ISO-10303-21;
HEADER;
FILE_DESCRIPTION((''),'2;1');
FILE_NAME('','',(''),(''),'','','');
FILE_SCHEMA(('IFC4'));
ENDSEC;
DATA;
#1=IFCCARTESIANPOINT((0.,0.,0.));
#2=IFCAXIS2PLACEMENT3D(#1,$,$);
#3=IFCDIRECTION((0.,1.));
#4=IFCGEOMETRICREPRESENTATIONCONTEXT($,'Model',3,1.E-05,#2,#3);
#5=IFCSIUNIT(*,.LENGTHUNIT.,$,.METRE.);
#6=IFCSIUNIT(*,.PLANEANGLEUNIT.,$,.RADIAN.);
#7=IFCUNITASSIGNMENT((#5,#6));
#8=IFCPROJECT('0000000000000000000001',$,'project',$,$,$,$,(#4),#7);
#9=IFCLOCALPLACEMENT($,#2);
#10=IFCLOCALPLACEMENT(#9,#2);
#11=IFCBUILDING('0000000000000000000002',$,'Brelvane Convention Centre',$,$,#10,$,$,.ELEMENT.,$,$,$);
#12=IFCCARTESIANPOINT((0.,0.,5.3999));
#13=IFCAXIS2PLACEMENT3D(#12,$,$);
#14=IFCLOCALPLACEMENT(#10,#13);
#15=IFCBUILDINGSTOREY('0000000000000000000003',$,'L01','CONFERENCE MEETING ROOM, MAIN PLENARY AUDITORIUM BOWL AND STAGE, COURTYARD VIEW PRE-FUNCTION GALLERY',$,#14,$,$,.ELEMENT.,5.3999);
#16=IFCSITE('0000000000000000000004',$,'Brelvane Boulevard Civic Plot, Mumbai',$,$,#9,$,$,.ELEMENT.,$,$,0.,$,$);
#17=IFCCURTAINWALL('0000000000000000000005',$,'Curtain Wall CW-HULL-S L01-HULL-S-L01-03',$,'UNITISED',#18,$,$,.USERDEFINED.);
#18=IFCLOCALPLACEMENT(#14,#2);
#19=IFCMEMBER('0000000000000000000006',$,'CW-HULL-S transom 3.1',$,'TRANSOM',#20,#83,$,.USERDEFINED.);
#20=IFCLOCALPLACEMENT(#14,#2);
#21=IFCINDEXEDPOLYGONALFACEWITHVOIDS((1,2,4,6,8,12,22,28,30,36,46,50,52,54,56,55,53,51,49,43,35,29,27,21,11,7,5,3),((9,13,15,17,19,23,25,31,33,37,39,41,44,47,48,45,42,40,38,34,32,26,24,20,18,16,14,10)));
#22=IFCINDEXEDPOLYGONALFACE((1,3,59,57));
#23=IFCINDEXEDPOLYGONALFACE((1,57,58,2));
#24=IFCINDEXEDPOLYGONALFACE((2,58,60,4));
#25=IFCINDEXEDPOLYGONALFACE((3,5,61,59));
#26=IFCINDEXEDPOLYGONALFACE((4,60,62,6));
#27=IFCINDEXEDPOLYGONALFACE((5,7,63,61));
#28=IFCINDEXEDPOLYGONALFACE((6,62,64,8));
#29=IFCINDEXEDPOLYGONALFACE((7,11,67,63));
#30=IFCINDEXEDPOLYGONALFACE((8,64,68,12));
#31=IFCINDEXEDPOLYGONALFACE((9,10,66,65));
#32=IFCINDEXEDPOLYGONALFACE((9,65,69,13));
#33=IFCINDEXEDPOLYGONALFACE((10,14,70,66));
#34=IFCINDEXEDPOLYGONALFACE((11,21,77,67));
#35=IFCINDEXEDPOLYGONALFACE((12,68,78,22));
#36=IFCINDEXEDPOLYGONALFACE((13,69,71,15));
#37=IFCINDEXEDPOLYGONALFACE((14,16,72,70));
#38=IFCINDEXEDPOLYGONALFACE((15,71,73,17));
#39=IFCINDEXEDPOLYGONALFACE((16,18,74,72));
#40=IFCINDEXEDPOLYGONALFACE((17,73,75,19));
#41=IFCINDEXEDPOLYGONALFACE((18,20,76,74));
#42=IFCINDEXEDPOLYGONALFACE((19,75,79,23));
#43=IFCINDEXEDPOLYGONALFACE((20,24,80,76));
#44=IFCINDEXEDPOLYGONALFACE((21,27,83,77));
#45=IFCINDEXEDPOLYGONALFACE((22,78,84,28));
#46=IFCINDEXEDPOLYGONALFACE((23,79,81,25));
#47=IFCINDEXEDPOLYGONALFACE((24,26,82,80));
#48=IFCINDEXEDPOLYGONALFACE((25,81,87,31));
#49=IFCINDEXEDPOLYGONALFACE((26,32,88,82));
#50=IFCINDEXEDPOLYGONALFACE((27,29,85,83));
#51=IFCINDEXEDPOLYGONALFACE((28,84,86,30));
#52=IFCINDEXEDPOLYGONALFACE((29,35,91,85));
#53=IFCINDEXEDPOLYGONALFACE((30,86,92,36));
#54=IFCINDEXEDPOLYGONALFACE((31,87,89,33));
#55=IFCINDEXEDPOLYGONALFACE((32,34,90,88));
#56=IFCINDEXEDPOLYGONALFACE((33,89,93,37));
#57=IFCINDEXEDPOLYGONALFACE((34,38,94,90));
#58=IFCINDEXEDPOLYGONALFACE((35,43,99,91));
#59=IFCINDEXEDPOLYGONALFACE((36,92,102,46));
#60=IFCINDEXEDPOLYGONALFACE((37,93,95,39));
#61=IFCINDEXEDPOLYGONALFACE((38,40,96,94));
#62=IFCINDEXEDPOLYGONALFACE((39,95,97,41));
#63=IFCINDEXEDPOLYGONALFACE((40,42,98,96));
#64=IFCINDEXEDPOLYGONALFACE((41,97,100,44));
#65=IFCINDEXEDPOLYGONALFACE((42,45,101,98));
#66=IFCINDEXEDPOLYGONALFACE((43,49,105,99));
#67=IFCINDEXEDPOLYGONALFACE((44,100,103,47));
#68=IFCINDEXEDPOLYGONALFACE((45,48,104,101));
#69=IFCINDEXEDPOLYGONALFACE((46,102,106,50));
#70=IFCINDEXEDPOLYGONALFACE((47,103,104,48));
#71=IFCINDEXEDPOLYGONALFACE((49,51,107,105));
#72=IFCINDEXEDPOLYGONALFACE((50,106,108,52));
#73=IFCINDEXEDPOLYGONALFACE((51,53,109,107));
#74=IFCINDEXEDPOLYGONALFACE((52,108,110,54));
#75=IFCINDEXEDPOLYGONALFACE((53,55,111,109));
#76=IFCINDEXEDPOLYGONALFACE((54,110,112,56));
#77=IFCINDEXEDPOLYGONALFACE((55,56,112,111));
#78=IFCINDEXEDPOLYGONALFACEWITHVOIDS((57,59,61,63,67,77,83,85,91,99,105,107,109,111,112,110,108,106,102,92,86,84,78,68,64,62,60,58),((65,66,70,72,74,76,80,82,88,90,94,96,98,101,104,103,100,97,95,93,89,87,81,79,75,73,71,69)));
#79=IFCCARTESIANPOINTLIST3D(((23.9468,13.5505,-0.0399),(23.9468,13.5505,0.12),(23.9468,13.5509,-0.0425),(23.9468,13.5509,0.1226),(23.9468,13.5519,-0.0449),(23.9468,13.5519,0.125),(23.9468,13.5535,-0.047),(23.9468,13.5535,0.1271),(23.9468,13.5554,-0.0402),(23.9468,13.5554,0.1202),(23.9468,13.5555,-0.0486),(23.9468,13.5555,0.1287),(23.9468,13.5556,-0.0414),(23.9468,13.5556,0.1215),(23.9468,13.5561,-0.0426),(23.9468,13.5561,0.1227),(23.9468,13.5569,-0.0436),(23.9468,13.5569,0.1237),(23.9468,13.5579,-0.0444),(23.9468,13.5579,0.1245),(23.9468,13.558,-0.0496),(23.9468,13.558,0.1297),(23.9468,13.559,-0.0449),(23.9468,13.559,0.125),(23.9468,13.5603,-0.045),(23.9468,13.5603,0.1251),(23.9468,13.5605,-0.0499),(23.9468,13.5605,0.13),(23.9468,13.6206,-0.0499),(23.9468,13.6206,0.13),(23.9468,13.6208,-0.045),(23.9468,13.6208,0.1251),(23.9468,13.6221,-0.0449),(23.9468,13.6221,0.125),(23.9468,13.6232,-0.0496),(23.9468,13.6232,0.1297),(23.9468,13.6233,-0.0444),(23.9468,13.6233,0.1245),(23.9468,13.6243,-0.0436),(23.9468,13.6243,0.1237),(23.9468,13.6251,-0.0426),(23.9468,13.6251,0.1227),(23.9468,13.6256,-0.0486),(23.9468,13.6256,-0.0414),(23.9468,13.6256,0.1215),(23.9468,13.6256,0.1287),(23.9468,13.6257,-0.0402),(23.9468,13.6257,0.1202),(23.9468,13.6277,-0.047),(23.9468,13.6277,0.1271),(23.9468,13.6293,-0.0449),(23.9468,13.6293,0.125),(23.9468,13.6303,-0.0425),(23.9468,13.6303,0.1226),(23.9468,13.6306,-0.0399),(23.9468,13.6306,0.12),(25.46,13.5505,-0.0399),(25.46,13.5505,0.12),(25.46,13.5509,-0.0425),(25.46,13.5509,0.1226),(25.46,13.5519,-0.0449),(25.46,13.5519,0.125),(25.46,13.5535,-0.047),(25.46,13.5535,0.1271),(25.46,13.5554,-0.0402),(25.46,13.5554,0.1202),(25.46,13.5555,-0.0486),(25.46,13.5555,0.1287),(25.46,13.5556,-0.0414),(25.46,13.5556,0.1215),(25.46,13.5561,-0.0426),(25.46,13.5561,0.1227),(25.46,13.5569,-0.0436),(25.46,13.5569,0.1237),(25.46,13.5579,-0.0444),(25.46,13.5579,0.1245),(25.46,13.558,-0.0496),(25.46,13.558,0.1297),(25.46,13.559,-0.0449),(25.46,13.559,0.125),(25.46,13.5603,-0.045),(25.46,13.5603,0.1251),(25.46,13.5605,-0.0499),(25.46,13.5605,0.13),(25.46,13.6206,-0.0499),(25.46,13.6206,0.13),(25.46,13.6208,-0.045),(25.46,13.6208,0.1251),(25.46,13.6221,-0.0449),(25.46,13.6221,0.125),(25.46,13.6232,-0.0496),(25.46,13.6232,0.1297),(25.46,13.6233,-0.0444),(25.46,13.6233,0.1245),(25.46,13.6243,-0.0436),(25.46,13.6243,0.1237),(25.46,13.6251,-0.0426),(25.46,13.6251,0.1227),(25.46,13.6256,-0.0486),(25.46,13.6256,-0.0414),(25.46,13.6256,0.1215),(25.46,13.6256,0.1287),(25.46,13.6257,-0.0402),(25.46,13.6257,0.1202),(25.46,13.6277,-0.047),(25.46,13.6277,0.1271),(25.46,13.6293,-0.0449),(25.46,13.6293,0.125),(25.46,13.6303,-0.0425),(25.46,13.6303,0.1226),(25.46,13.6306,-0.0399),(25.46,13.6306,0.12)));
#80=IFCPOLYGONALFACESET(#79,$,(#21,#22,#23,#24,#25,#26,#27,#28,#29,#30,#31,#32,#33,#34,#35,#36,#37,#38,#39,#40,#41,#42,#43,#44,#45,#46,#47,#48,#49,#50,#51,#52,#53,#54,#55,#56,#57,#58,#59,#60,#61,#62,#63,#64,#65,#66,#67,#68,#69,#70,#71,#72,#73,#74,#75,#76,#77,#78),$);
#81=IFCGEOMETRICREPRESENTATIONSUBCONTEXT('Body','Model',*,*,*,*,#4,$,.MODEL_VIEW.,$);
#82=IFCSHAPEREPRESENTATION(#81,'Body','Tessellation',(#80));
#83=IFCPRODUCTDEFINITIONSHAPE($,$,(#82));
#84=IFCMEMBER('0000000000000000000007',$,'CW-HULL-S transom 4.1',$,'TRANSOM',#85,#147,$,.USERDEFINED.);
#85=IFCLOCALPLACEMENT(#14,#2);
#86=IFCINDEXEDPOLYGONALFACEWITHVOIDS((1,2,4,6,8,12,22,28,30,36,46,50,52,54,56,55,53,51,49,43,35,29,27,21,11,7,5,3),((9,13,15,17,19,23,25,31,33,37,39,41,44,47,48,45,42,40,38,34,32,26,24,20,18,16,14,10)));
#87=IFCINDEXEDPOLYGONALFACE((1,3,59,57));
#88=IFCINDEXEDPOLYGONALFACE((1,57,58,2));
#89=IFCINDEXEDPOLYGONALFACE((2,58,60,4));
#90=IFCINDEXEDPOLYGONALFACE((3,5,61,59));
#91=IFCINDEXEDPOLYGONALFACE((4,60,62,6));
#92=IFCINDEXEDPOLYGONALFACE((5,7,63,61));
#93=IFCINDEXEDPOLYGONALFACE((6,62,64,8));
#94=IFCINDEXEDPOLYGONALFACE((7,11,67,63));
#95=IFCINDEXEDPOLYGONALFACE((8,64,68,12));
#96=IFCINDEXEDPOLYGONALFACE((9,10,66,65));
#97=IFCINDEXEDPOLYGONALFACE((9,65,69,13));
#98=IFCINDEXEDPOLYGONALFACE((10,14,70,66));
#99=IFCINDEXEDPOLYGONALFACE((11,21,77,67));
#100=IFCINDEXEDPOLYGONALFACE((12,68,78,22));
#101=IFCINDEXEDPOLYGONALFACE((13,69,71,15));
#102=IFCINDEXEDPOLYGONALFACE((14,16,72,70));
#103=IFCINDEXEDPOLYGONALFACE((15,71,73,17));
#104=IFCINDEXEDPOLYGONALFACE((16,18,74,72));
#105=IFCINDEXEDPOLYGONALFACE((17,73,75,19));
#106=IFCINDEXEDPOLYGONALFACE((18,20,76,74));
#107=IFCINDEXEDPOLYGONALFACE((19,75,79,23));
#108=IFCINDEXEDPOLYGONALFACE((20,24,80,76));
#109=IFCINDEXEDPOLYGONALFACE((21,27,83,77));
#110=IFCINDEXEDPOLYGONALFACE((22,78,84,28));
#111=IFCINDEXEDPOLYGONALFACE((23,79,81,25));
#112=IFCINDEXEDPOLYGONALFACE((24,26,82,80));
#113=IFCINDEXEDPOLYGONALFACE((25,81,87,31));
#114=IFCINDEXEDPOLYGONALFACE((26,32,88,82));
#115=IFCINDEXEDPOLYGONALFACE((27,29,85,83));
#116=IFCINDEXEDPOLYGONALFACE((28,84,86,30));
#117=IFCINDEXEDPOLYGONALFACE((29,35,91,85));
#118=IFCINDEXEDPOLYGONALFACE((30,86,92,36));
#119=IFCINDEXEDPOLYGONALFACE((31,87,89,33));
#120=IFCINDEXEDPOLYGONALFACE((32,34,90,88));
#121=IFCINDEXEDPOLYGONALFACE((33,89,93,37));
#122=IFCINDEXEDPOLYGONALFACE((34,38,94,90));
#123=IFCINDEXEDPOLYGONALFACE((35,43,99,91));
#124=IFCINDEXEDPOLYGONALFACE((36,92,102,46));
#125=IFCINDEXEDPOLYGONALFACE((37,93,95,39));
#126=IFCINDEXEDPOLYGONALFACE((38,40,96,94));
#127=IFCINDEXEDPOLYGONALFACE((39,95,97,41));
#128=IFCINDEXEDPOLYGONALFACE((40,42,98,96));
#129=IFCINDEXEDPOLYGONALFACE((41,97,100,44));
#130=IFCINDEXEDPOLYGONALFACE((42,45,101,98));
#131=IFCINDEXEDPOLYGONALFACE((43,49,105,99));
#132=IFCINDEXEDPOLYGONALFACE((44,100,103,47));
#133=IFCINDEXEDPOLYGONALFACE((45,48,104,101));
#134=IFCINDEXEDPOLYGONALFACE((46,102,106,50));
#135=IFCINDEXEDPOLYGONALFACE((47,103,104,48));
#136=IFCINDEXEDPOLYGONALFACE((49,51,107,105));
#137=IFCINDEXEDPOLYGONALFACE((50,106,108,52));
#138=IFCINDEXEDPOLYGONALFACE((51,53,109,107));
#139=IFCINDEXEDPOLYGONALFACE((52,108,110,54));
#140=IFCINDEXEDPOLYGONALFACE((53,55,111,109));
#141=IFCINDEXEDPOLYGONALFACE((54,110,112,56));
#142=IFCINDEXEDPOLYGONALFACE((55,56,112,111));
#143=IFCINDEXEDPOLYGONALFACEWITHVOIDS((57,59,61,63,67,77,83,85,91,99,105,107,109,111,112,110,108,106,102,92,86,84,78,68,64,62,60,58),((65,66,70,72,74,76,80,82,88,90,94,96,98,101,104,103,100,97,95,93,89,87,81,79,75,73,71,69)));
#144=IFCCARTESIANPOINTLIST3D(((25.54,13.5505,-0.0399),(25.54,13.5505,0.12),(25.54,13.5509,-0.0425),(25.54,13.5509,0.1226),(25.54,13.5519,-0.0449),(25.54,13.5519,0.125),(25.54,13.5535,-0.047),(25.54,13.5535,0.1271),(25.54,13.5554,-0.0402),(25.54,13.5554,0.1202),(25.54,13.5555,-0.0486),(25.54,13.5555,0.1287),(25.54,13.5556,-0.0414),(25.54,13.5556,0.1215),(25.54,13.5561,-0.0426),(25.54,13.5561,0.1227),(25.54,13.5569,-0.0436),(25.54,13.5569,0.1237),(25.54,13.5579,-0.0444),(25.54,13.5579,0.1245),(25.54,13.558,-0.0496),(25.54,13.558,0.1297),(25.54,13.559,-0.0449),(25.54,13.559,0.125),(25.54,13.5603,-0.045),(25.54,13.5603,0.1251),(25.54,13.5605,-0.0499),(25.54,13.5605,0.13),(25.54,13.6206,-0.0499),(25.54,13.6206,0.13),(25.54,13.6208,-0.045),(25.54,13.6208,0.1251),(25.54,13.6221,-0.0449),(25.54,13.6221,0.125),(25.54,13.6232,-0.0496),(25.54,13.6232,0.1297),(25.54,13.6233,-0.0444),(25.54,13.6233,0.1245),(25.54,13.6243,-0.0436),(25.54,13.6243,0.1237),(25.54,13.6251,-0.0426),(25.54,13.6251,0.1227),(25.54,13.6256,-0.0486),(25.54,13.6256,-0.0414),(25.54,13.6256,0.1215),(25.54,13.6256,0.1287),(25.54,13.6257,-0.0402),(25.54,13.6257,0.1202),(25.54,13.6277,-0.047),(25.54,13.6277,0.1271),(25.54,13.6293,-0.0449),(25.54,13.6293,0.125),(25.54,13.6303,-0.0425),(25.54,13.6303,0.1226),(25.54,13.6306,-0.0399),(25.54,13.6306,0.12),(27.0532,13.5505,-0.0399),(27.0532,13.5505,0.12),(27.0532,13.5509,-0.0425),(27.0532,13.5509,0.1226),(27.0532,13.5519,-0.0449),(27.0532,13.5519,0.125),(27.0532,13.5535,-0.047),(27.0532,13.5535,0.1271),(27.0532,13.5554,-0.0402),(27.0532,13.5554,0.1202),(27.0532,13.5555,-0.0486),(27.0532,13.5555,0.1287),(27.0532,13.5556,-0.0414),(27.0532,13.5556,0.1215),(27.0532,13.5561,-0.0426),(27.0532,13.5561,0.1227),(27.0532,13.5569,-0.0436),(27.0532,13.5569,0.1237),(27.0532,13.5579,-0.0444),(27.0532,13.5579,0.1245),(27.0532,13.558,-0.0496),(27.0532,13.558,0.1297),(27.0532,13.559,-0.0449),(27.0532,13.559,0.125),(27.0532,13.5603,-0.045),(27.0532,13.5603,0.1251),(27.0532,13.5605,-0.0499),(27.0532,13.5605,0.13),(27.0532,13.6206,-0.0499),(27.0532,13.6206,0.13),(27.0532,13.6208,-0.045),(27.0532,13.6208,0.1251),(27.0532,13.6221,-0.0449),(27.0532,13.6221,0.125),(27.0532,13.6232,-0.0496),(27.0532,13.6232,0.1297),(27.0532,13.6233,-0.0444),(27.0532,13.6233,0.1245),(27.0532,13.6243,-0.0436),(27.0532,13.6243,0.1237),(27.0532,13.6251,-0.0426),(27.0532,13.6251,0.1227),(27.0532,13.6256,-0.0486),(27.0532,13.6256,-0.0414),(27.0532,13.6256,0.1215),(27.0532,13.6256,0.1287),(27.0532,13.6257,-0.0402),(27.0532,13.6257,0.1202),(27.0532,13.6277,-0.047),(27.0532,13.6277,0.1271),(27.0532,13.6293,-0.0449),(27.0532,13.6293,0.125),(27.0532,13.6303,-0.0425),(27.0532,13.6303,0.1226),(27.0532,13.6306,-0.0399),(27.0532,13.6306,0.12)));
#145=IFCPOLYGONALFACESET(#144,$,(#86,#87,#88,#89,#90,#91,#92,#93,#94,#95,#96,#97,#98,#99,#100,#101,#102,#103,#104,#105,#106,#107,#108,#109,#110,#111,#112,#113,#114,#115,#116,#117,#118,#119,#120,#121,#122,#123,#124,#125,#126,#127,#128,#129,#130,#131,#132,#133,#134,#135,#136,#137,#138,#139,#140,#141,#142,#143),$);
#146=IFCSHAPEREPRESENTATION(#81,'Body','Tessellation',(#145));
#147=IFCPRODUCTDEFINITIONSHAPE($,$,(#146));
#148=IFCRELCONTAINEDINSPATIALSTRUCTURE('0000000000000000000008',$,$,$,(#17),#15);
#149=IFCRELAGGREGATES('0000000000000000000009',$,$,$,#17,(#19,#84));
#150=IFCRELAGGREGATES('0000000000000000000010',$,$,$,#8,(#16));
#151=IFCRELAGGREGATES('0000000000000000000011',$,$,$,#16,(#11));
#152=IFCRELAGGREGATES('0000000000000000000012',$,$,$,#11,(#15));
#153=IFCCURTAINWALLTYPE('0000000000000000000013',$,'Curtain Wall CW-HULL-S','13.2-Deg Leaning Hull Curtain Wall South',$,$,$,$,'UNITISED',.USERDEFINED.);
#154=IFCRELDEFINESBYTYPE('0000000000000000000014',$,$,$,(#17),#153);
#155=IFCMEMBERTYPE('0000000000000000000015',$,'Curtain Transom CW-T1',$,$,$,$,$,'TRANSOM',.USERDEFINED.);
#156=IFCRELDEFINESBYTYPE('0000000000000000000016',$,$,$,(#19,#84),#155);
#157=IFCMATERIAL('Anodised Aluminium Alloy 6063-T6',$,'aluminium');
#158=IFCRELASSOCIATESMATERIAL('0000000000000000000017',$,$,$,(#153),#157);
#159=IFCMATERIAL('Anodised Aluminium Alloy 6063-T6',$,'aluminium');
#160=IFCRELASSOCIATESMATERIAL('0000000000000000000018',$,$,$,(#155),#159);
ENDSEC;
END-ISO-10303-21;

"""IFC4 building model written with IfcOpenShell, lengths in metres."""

from ifc_helpers import new_model, si_unit, direction, frame, origin, origin_2d, place, context, subcontext, project, spatial, hollow_rectangle, extrude, material, material_profile, profile_set, type_object, element, aggregate, save


model = new_model("IFC4")

# Units and contexts
model_context = context("Model", 3, precision=1e-05, world=origin(), true_north=direction((0.0, 1.0)))
body_context = subcontext(model_context, "Body", "Model", "MODEL_VIEW")
ifc_project = project(units=[si_unit("LENGTHUNIT", "METRE"), si_unit("PLANEANGLEUNIT", "RADIAN")], contexts=[model_context])

# Site, building, storey
site_placement = place(None, origin())
site = spatial("IfcSite", under=ifc_project, at=site_placement, Name="Brelvane Boulevard Civic Plot, Mumbai", CompositionType="ELEMENT", RefElevation=0.0)
building_placement = place(site_placement, origin())
building = spatial("IfcBuilding", under=site, at=building_placement, Name="Brelvane Convention Centre", CompositionType="ELEMENT")
storey_placement = place(building_placement, frame((0.0, 0.0, 5.3999)))
storey = spatial("IfcBuildingStorey", under=building, at=storey_placement, Name="L01", Description="CONFERENCE MEETING ROOM, MAIN PLENARY AUDITORIUM BOWL AND STAGE, COURTYARD VIEW PRE-FUNCTION GALLERY", CompositionType="ELEMENT", Elevation=5.3999)

# Curtain wall
ifc_material_1 = material(Name="Anodised Aluminium Alloy 6063-T6", Category="aluminium")
curtain_wall_type = type_object("IfcCurtainWallType", Name="Curtain Wall CW-HULL-S", Description="13.2-Deg Leaning Hull Curtain Wall South", ElementType="UNITISED", PredefinedType="USERDEFINED", material=ifc_material_1)
curtain_wall_1_placement = place(storey_placement, origin())
curtain_wall_1 = element("IfcCurtainWall", 1, at=curtain_wall_1_placement, inside=storey, type_object=curtain_wall_type, Name="Curtain Wall CW-HULL-S L01-HULL-S-L01-03", ObjectType="UNITISED", PredefinedType="USERDEFINED")

# Members
ifc_material_2 = material(Name="Anodised Aluminium Alloy 6063-T6", Category="aluminium")
ifc_material_profile_1 = material_profile(ifc_material_2, hollow_rectangle(XDim=0.0801, YDim=0.1799, WallThickness=0.0049, InnerFilletRadius=0.0049, OuterFilletRadius=0.01, at=origin_2d()), Name="ALU-T 180x80x5.0")
ifc_profile_set_1 = profile_set([ifc_material_profile_1], Name="Anodised Aluminium Alloy 6063-T6")
member_type_1 = type_object("IfcMemberType", Name="Curtain Transom CW-T1", ElementType="TRANSOM", PredefinedType="USERDEFINED", material=ifc_profile_set_1)
member_1_placement = place(storey_placement, frame((23.9468, 13.5906, 0.04), z_axis=(1.0, 0.0, 0.0), x_axis=(0.0, 1.0, 0.0)))
member_1 = element("IfcMember", 2, at=member_1_placement, type_object=member_type_1, Name="CW-HULL-S transom 3.1", ObjectType="TRANSOM", PredefinedType="USERDEFINED", context=body_context, shape_type="SweptSolid", body=[
    extrude(hollow_rectangle(XDim=0.0801, YDim=0.1799, WallThickness=0.0049, InnerFilletRadius=0.0049, OuterFilletRadius=0.01, at=origin_2d()), origin(), (0.0, 0.0, 1.0), 1.5132),
])
member_2_placement = place(storey_placement, frame((25.54, 13.5906, 0.04), z_axis=(1.0, 0.0, 0.0), x_axis=(0.0, 1.0, 0.0)))
member_2 = element("IfcMember", 3, at=member_2_placement, type_object=member_type_1, Name="CW-HULL-S transom 4.1", ObjectType="TRANSOM", PredefinedType="USERDEFINED", context=body_context, shape_type="SweptSolid", body=[
    extrude(hollow_rectangle(XDim=0.0801, YDim=0.1799, WallThickness=0.0049, InnerFilletRadius=0.0049, OuterFilletRadius=0.01, at=origin_2d()), origin(), (0.0, 0.0, 1.0), 1.5132),
])
aggregate(curtain_wall_1, [member_1, member_2])

save(model, "model.ifc")
